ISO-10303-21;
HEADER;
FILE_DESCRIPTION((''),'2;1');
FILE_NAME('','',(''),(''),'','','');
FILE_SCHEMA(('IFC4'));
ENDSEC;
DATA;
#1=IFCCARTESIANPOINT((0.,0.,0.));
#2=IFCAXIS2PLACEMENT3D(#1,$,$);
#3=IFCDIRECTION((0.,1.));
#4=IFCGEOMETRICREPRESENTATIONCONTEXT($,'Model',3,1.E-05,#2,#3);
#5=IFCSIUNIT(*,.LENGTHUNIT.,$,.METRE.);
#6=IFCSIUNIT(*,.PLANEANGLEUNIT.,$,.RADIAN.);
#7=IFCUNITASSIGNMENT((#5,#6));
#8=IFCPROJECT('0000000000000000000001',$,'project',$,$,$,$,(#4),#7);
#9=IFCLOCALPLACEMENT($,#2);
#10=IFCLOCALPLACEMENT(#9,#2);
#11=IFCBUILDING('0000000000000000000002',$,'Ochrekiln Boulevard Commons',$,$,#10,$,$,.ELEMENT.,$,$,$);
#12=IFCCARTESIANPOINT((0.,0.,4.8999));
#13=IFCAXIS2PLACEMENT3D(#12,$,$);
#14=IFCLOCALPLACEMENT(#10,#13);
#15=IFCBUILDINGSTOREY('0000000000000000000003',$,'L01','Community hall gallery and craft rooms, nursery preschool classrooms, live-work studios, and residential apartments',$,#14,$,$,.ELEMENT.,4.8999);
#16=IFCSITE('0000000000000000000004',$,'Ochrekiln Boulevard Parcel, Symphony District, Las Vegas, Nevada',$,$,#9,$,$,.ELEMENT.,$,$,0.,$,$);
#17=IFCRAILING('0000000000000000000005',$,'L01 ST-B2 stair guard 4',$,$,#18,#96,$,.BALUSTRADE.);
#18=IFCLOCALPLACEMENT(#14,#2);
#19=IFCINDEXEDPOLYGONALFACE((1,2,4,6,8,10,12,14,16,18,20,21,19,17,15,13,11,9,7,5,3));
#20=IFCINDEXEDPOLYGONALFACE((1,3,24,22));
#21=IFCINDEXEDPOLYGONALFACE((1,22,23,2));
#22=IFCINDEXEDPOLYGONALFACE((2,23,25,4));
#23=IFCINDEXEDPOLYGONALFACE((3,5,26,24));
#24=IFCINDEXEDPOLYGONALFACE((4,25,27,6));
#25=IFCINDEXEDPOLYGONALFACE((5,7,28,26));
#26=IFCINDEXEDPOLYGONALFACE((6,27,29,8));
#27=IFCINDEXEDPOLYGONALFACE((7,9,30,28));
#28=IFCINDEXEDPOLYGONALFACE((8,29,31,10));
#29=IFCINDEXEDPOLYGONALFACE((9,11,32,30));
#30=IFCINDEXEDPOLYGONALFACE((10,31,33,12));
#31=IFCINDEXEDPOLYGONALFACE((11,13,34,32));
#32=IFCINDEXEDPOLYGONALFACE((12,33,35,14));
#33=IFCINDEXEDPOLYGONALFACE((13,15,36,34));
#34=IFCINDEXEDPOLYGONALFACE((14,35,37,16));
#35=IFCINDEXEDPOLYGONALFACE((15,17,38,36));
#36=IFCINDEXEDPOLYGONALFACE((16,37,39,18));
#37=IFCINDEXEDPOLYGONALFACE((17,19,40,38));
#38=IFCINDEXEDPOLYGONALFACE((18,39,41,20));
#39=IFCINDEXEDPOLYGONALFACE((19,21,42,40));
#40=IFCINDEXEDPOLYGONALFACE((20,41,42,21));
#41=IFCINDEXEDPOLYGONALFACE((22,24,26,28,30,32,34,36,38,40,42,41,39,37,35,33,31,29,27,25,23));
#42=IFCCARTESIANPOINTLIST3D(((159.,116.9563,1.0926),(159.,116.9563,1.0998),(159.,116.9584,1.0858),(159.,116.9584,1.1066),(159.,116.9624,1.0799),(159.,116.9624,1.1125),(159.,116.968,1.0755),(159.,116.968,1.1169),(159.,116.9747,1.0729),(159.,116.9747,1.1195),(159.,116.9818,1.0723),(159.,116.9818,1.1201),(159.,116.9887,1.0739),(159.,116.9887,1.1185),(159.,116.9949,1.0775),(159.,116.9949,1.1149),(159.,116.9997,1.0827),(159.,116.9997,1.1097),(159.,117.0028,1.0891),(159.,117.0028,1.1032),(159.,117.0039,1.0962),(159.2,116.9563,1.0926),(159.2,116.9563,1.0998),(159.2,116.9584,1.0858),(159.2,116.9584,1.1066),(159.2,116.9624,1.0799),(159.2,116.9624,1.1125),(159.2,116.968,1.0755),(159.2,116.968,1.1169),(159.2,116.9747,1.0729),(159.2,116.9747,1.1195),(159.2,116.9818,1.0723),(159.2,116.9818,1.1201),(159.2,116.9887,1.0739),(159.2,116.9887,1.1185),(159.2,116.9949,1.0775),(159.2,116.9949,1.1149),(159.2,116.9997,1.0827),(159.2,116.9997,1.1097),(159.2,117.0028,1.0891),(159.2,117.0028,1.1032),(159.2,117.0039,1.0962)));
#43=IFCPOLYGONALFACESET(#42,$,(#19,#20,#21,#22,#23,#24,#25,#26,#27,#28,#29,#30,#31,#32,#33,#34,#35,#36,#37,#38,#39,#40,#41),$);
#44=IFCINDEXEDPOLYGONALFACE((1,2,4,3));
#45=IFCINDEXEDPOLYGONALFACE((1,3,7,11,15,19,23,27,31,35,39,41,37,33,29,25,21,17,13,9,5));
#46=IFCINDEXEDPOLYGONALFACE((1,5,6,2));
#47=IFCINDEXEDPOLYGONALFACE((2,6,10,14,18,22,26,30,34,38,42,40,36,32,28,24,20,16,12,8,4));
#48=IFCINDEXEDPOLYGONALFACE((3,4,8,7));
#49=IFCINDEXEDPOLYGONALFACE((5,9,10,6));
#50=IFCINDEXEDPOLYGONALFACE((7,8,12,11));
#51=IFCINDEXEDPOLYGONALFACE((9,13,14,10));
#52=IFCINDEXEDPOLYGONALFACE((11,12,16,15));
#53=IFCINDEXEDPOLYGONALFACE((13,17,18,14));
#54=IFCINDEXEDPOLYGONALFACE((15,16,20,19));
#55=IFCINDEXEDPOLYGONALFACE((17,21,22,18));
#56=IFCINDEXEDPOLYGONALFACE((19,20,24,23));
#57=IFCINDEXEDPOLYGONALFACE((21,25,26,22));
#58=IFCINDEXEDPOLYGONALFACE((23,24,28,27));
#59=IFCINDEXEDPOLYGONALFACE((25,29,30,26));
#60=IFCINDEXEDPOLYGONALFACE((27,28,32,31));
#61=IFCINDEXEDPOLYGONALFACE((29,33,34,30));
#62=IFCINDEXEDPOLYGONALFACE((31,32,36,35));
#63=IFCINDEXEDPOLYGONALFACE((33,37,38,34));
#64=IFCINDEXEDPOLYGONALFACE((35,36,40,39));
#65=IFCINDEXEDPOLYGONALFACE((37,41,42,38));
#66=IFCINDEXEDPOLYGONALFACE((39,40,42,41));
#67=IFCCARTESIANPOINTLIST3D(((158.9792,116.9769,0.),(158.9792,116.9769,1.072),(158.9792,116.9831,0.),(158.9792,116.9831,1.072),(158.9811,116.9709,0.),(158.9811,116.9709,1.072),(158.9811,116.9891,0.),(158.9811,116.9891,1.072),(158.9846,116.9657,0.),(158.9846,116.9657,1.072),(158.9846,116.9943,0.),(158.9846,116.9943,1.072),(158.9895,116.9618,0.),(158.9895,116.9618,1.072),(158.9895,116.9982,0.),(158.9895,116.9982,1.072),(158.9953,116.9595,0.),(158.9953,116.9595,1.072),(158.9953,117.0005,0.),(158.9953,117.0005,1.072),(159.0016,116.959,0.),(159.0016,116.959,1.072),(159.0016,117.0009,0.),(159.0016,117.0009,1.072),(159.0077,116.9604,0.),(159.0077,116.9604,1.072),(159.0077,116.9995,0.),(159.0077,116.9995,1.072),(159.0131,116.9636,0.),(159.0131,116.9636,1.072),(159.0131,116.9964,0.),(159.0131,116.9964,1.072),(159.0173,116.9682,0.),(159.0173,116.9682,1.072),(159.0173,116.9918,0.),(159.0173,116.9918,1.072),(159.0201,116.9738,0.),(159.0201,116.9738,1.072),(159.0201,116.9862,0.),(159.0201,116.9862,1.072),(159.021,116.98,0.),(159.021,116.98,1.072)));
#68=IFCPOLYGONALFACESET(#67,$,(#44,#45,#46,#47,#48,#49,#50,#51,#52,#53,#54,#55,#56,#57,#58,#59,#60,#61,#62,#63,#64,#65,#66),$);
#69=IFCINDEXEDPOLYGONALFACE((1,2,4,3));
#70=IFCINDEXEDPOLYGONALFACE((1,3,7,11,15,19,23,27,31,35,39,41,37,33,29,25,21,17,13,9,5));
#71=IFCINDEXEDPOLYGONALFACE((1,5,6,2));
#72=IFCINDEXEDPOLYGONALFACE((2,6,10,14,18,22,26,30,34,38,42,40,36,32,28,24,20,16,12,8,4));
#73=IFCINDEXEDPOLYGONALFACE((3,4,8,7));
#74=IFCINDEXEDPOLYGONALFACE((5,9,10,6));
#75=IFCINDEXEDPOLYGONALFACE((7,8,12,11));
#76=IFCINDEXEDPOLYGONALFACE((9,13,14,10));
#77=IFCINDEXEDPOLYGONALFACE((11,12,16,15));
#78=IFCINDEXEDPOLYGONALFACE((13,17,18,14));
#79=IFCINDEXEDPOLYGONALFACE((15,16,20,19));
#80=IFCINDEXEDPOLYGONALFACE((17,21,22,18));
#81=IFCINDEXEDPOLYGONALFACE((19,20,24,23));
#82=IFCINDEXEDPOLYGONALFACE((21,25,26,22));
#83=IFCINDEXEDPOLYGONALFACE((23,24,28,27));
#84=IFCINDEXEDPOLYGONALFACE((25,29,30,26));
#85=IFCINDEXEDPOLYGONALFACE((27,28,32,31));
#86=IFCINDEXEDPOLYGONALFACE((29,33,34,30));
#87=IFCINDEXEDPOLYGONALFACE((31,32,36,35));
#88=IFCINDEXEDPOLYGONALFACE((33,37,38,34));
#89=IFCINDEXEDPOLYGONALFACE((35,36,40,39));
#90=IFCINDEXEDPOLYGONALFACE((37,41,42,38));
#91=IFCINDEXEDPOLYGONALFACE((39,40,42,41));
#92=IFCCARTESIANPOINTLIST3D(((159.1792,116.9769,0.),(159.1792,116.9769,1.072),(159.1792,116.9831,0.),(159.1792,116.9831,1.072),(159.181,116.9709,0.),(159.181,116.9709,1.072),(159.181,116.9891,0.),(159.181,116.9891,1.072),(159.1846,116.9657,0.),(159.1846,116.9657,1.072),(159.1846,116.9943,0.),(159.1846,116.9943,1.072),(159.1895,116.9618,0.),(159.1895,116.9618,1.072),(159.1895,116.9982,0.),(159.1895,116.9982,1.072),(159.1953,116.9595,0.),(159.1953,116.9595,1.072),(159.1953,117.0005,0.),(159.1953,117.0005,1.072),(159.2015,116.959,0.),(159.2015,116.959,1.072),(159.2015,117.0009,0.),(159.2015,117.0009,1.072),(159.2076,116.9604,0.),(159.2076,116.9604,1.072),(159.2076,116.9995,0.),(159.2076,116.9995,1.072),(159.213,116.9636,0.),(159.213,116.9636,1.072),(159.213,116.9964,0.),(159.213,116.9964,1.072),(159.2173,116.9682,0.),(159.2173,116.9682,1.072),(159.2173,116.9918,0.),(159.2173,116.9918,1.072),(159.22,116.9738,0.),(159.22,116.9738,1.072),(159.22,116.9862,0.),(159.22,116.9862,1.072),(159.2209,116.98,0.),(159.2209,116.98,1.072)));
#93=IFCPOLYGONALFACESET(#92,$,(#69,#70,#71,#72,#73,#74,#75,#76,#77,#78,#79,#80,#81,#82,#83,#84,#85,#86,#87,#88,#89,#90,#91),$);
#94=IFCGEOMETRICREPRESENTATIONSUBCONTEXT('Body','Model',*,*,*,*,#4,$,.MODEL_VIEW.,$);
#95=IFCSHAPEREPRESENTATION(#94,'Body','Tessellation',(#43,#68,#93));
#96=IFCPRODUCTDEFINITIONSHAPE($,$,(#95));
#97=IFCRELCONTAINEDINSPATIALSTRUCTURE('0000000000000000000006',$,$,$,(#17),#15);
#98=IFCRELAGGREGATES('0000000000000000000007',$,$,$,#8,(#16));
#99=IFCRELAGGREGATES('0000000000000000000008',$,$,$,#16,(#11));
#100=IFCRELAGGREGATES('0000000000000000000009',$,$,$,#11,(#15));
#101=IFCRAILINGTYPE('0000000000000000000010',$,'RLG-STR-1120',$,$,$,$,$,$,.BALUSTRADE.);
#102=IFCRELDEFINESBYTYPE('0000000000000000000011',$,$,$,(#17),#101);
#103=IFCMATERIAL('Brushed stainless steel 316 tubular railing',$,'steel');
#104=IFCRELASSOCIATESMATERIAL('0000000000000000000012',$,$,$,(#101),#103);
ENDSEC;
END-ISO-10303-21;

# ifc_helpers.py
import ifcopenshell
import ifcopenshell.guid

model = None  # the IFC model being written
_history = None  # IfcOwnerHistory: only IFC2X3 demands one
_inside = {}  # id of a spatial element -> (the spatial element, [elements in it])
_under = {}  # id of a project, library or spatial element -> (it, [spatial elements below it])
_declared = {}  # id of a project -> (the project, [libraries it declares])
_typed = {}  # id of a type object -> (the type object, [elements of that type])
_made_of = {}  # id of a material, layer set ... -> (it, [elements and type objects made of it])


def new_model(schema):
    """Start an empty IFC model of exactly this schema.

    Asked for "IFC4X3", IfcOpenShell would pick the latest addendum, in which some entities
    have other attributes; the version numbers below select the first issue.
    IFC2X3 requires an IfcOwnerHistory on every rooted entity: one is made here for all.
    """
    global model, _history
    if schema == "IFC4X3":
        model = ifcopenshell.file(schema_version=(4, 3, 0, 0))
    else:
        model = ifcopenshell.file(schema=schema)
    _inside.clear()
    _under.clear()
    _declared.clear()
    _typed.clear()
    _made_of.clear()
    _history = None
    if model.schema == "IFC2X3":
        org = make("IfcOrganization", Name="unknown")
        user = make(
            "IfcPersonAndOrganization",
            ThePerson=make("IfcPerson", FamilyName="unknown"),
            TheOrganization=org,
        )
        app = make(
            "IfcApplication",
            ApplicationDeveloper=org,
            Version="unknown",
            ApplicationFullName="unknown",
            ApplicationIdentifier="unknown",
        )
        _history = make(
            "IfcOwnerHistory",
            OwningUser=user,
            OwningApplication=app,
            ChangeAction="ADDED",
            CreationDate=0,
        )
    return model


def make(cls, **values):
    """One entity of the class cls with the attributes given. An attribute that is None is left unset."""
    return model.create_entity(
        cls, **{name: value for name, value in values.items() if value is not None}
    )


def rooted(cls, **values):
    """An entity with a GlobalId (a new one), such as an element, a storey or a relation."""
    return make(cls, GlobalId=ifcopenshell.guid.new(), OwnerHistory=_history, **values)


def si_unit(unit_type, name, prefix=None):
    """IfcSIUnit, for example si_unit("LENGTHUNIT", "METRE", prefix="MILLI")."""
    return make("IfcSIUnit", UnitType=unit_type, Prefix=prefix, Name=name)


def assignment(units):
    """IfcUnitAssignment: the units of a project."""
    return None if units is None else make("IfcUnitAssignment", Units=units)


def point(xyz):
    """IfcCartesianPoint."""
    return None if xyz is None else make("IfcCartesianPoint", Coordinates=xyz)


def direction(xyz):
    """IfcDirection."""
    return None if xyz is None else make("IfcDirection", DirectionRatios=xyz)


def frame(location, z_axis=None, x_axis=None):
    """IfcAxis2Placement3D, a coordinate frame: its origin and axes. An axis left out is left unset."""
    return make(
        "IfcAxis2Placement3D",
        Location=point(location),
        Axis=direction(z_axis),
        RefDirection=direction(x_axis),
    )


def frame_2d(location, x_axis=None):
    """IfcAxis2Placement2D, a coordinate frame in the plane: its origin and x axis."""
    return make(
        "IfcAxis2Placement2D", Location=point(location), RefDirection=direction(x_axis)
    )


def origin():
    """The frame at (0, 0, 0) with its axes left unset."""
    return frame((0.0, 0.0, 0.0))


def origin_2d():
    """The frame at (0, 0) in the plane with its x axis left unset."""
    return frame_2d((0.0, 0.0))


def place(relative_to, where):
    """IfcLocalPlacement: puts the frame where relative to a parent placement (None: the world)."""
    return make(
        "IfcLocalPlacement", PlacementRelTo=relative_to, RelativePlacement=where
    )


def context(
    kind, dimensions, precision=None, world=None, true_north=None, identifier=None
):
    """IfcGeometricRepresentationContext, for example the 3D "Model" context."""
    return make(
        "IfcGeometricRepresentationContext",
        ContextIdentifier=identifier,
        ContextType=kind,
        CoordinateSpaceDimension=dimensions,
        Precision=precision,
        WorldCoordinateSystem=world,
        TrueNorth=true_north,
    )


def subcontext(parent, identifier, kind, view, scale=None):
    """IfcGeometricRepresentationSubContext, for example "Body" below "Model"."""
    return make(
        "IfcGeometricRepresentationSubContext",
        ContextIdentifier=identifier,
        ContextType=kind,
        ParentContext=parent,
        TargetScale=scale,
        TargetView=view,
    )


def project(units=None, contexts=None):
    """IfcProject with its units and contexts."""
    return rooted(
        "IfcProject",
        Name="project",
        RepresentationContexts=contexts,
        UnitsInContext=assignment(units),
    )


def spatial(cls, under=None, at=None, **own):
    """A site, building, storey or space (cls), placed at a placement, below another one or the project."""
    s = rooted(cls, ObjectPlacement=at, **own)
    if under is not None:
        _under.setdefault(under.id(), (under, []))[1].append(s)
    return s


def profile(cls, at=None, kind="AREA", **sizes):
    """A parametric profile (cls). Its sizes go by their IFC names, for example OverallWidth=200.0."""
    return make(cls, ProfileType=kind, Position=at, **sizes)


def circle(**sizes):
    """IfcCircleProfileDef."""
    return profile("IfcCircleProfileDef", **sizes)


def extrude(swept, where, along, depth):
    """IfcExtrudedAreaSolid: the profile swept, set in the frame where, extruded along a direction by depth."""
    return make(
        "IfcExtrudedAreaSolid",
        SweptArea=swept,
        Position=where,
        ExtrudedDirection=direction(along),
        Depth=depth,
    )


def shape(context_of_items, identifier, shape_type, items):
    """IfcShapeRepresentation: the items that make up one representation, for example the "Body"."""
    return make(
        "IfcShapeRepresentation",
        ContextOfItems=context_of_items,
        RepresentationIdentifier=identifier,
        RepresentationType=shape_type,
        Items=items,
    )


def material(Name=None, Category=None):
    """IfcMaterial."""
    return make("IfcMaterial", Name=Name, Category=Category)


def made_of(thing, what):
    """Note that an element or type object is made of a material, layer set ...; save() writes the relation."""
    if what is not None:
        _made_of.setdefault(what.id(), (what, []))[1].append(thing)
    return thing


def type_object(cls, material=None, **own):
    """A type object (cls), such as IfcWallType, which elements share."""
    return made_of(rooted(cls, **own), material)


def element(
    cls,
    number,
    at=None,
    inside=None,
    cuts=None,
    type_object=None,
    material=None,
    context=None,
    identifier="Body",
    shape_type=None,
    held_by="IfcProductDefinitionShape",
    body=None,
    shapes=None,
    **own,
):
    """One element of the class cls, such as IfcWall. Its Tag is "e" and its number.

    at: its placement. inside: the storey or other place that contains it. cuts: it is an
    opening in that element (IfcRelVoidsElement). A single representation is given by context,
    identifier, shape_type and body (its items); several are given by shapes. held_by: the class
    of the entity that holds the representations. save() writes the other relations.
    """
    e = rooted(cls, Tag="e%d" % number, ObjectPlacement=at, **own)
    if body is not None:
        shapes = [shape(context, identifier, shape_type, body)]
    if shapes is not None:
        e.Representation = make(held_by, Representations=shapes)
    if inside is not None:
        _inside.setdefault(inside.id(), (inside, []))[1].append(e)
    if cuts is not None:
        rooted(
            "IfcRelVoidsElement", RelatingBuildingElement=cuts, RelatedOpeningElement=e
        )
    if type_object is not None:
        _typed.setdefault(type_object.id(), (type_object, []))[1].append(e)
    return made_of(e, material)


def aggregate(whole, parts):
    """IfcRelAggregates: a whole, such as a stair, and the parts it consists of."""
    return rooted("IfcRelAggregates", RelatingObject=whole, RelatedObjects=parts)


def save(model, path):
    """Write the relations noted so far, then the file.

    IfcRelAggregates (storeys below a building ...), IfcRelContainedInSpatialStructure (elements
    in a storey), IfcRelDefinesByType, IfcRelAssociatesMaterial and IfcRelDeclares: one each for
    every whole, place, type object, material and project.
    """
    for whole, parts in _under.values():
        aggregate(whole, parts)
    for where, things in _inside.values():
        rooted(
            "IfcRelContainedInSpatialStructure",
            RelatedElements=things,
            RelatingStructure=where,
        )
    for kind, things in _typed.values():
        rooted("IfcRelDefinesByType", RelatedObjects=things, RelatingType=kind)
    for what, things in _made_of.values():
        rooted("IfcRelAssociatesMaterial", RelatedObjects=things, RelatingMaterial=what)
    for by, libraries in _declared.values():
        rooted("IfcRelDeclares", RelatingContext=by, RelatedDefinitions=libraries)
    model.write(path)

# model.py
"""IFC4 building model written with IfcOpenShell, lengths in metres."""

from ifc_helpers import new_model, si_unit, direction, frame, origin, origin_2d, place, context, subcontext, project, spatial, circle, extrude, material, type_object, element, save


model = new_model("IFC4")

# Units and contexts
model_context = context("Model", 3, precision=1e-05, world=origin(), true_north=direction((0.0, 1.0)))
body_context = subcontext(model_context, "Body", "Model", "MODEL_VIEW")
ifc_project = project(units=[si_unit("LENGTHUNIT", "METRE"), si_unit("PLANEANGLEUNIT", "RADIAN")], contexts=[model_context])

# Site, building, storey
site_placement = place(None, origin())
site = spatial("IfcSite", under=ifc_project, at=site_placement, Name="Ochrekiln Boulevard Parcel, Symphony District, Las Vegas, Nevada", CompositionType="ELEMENT", RefElevation=0.0)
building_placement = place(site_placement, origin())
building = spatial("IfcBuilding", under=site, at=building_placement, Name="Ochrekiln Boulevard Commons", CompositionType="ELEMENT")
storey_placement = place(building_placement, frame((0.0, 0.0, 4.8999)))
storey = spatial("IfcBuildingStorey", under=building, at=storey_placement, Name="L01", Description="Community hall gallery and craft rooms, nursery preschool classrooms, live-work studios, and residential apartments", CompositionType="ELEMENT", Elevation=4.8999)

# Railing
ifc_material_1 = material(Name="Brushed stainless steel 316 tubular railing", Category="steel")
railing_type_1 = type_object("IfcRailingType", Name="RLG-STR-1120", PredefinedType="BALUSTRADE", material=ifc_material_1)
railing_1_placement = place(storey_placement, frame((159.0, 116.98, 0.0)))
element("IfcRailing", 1, at=railing_1_placement, inside=storey, type_object=railing_type_1, Name="L01 ST-B2 stair guard 4", PredefinedType="BALUSTRADE", context=body_context, shape_type="SweptSolid", body=[
    extrude(circle(Radius=0.0239, at=origin_2d()), frame((0.0, 0.0, 1.0962), z_axis=(1.0, 0.0, 0.0), x_axis=(0.0, 1.0, 0.0)), (0.0, 0.0, 1.0), 0.2),
    extrude(circle(Radius=0.021, at=origin_2d()), origin(), (0.0, 0.0, 1.0), 1.072),
    extrude(circle(Radius=0.021, at=origin_2d()), frame((0.2, 0.0, 0.0)), (0.0, 0.0, 1.0), 1.072),
])

save(model, "model.ifc")
